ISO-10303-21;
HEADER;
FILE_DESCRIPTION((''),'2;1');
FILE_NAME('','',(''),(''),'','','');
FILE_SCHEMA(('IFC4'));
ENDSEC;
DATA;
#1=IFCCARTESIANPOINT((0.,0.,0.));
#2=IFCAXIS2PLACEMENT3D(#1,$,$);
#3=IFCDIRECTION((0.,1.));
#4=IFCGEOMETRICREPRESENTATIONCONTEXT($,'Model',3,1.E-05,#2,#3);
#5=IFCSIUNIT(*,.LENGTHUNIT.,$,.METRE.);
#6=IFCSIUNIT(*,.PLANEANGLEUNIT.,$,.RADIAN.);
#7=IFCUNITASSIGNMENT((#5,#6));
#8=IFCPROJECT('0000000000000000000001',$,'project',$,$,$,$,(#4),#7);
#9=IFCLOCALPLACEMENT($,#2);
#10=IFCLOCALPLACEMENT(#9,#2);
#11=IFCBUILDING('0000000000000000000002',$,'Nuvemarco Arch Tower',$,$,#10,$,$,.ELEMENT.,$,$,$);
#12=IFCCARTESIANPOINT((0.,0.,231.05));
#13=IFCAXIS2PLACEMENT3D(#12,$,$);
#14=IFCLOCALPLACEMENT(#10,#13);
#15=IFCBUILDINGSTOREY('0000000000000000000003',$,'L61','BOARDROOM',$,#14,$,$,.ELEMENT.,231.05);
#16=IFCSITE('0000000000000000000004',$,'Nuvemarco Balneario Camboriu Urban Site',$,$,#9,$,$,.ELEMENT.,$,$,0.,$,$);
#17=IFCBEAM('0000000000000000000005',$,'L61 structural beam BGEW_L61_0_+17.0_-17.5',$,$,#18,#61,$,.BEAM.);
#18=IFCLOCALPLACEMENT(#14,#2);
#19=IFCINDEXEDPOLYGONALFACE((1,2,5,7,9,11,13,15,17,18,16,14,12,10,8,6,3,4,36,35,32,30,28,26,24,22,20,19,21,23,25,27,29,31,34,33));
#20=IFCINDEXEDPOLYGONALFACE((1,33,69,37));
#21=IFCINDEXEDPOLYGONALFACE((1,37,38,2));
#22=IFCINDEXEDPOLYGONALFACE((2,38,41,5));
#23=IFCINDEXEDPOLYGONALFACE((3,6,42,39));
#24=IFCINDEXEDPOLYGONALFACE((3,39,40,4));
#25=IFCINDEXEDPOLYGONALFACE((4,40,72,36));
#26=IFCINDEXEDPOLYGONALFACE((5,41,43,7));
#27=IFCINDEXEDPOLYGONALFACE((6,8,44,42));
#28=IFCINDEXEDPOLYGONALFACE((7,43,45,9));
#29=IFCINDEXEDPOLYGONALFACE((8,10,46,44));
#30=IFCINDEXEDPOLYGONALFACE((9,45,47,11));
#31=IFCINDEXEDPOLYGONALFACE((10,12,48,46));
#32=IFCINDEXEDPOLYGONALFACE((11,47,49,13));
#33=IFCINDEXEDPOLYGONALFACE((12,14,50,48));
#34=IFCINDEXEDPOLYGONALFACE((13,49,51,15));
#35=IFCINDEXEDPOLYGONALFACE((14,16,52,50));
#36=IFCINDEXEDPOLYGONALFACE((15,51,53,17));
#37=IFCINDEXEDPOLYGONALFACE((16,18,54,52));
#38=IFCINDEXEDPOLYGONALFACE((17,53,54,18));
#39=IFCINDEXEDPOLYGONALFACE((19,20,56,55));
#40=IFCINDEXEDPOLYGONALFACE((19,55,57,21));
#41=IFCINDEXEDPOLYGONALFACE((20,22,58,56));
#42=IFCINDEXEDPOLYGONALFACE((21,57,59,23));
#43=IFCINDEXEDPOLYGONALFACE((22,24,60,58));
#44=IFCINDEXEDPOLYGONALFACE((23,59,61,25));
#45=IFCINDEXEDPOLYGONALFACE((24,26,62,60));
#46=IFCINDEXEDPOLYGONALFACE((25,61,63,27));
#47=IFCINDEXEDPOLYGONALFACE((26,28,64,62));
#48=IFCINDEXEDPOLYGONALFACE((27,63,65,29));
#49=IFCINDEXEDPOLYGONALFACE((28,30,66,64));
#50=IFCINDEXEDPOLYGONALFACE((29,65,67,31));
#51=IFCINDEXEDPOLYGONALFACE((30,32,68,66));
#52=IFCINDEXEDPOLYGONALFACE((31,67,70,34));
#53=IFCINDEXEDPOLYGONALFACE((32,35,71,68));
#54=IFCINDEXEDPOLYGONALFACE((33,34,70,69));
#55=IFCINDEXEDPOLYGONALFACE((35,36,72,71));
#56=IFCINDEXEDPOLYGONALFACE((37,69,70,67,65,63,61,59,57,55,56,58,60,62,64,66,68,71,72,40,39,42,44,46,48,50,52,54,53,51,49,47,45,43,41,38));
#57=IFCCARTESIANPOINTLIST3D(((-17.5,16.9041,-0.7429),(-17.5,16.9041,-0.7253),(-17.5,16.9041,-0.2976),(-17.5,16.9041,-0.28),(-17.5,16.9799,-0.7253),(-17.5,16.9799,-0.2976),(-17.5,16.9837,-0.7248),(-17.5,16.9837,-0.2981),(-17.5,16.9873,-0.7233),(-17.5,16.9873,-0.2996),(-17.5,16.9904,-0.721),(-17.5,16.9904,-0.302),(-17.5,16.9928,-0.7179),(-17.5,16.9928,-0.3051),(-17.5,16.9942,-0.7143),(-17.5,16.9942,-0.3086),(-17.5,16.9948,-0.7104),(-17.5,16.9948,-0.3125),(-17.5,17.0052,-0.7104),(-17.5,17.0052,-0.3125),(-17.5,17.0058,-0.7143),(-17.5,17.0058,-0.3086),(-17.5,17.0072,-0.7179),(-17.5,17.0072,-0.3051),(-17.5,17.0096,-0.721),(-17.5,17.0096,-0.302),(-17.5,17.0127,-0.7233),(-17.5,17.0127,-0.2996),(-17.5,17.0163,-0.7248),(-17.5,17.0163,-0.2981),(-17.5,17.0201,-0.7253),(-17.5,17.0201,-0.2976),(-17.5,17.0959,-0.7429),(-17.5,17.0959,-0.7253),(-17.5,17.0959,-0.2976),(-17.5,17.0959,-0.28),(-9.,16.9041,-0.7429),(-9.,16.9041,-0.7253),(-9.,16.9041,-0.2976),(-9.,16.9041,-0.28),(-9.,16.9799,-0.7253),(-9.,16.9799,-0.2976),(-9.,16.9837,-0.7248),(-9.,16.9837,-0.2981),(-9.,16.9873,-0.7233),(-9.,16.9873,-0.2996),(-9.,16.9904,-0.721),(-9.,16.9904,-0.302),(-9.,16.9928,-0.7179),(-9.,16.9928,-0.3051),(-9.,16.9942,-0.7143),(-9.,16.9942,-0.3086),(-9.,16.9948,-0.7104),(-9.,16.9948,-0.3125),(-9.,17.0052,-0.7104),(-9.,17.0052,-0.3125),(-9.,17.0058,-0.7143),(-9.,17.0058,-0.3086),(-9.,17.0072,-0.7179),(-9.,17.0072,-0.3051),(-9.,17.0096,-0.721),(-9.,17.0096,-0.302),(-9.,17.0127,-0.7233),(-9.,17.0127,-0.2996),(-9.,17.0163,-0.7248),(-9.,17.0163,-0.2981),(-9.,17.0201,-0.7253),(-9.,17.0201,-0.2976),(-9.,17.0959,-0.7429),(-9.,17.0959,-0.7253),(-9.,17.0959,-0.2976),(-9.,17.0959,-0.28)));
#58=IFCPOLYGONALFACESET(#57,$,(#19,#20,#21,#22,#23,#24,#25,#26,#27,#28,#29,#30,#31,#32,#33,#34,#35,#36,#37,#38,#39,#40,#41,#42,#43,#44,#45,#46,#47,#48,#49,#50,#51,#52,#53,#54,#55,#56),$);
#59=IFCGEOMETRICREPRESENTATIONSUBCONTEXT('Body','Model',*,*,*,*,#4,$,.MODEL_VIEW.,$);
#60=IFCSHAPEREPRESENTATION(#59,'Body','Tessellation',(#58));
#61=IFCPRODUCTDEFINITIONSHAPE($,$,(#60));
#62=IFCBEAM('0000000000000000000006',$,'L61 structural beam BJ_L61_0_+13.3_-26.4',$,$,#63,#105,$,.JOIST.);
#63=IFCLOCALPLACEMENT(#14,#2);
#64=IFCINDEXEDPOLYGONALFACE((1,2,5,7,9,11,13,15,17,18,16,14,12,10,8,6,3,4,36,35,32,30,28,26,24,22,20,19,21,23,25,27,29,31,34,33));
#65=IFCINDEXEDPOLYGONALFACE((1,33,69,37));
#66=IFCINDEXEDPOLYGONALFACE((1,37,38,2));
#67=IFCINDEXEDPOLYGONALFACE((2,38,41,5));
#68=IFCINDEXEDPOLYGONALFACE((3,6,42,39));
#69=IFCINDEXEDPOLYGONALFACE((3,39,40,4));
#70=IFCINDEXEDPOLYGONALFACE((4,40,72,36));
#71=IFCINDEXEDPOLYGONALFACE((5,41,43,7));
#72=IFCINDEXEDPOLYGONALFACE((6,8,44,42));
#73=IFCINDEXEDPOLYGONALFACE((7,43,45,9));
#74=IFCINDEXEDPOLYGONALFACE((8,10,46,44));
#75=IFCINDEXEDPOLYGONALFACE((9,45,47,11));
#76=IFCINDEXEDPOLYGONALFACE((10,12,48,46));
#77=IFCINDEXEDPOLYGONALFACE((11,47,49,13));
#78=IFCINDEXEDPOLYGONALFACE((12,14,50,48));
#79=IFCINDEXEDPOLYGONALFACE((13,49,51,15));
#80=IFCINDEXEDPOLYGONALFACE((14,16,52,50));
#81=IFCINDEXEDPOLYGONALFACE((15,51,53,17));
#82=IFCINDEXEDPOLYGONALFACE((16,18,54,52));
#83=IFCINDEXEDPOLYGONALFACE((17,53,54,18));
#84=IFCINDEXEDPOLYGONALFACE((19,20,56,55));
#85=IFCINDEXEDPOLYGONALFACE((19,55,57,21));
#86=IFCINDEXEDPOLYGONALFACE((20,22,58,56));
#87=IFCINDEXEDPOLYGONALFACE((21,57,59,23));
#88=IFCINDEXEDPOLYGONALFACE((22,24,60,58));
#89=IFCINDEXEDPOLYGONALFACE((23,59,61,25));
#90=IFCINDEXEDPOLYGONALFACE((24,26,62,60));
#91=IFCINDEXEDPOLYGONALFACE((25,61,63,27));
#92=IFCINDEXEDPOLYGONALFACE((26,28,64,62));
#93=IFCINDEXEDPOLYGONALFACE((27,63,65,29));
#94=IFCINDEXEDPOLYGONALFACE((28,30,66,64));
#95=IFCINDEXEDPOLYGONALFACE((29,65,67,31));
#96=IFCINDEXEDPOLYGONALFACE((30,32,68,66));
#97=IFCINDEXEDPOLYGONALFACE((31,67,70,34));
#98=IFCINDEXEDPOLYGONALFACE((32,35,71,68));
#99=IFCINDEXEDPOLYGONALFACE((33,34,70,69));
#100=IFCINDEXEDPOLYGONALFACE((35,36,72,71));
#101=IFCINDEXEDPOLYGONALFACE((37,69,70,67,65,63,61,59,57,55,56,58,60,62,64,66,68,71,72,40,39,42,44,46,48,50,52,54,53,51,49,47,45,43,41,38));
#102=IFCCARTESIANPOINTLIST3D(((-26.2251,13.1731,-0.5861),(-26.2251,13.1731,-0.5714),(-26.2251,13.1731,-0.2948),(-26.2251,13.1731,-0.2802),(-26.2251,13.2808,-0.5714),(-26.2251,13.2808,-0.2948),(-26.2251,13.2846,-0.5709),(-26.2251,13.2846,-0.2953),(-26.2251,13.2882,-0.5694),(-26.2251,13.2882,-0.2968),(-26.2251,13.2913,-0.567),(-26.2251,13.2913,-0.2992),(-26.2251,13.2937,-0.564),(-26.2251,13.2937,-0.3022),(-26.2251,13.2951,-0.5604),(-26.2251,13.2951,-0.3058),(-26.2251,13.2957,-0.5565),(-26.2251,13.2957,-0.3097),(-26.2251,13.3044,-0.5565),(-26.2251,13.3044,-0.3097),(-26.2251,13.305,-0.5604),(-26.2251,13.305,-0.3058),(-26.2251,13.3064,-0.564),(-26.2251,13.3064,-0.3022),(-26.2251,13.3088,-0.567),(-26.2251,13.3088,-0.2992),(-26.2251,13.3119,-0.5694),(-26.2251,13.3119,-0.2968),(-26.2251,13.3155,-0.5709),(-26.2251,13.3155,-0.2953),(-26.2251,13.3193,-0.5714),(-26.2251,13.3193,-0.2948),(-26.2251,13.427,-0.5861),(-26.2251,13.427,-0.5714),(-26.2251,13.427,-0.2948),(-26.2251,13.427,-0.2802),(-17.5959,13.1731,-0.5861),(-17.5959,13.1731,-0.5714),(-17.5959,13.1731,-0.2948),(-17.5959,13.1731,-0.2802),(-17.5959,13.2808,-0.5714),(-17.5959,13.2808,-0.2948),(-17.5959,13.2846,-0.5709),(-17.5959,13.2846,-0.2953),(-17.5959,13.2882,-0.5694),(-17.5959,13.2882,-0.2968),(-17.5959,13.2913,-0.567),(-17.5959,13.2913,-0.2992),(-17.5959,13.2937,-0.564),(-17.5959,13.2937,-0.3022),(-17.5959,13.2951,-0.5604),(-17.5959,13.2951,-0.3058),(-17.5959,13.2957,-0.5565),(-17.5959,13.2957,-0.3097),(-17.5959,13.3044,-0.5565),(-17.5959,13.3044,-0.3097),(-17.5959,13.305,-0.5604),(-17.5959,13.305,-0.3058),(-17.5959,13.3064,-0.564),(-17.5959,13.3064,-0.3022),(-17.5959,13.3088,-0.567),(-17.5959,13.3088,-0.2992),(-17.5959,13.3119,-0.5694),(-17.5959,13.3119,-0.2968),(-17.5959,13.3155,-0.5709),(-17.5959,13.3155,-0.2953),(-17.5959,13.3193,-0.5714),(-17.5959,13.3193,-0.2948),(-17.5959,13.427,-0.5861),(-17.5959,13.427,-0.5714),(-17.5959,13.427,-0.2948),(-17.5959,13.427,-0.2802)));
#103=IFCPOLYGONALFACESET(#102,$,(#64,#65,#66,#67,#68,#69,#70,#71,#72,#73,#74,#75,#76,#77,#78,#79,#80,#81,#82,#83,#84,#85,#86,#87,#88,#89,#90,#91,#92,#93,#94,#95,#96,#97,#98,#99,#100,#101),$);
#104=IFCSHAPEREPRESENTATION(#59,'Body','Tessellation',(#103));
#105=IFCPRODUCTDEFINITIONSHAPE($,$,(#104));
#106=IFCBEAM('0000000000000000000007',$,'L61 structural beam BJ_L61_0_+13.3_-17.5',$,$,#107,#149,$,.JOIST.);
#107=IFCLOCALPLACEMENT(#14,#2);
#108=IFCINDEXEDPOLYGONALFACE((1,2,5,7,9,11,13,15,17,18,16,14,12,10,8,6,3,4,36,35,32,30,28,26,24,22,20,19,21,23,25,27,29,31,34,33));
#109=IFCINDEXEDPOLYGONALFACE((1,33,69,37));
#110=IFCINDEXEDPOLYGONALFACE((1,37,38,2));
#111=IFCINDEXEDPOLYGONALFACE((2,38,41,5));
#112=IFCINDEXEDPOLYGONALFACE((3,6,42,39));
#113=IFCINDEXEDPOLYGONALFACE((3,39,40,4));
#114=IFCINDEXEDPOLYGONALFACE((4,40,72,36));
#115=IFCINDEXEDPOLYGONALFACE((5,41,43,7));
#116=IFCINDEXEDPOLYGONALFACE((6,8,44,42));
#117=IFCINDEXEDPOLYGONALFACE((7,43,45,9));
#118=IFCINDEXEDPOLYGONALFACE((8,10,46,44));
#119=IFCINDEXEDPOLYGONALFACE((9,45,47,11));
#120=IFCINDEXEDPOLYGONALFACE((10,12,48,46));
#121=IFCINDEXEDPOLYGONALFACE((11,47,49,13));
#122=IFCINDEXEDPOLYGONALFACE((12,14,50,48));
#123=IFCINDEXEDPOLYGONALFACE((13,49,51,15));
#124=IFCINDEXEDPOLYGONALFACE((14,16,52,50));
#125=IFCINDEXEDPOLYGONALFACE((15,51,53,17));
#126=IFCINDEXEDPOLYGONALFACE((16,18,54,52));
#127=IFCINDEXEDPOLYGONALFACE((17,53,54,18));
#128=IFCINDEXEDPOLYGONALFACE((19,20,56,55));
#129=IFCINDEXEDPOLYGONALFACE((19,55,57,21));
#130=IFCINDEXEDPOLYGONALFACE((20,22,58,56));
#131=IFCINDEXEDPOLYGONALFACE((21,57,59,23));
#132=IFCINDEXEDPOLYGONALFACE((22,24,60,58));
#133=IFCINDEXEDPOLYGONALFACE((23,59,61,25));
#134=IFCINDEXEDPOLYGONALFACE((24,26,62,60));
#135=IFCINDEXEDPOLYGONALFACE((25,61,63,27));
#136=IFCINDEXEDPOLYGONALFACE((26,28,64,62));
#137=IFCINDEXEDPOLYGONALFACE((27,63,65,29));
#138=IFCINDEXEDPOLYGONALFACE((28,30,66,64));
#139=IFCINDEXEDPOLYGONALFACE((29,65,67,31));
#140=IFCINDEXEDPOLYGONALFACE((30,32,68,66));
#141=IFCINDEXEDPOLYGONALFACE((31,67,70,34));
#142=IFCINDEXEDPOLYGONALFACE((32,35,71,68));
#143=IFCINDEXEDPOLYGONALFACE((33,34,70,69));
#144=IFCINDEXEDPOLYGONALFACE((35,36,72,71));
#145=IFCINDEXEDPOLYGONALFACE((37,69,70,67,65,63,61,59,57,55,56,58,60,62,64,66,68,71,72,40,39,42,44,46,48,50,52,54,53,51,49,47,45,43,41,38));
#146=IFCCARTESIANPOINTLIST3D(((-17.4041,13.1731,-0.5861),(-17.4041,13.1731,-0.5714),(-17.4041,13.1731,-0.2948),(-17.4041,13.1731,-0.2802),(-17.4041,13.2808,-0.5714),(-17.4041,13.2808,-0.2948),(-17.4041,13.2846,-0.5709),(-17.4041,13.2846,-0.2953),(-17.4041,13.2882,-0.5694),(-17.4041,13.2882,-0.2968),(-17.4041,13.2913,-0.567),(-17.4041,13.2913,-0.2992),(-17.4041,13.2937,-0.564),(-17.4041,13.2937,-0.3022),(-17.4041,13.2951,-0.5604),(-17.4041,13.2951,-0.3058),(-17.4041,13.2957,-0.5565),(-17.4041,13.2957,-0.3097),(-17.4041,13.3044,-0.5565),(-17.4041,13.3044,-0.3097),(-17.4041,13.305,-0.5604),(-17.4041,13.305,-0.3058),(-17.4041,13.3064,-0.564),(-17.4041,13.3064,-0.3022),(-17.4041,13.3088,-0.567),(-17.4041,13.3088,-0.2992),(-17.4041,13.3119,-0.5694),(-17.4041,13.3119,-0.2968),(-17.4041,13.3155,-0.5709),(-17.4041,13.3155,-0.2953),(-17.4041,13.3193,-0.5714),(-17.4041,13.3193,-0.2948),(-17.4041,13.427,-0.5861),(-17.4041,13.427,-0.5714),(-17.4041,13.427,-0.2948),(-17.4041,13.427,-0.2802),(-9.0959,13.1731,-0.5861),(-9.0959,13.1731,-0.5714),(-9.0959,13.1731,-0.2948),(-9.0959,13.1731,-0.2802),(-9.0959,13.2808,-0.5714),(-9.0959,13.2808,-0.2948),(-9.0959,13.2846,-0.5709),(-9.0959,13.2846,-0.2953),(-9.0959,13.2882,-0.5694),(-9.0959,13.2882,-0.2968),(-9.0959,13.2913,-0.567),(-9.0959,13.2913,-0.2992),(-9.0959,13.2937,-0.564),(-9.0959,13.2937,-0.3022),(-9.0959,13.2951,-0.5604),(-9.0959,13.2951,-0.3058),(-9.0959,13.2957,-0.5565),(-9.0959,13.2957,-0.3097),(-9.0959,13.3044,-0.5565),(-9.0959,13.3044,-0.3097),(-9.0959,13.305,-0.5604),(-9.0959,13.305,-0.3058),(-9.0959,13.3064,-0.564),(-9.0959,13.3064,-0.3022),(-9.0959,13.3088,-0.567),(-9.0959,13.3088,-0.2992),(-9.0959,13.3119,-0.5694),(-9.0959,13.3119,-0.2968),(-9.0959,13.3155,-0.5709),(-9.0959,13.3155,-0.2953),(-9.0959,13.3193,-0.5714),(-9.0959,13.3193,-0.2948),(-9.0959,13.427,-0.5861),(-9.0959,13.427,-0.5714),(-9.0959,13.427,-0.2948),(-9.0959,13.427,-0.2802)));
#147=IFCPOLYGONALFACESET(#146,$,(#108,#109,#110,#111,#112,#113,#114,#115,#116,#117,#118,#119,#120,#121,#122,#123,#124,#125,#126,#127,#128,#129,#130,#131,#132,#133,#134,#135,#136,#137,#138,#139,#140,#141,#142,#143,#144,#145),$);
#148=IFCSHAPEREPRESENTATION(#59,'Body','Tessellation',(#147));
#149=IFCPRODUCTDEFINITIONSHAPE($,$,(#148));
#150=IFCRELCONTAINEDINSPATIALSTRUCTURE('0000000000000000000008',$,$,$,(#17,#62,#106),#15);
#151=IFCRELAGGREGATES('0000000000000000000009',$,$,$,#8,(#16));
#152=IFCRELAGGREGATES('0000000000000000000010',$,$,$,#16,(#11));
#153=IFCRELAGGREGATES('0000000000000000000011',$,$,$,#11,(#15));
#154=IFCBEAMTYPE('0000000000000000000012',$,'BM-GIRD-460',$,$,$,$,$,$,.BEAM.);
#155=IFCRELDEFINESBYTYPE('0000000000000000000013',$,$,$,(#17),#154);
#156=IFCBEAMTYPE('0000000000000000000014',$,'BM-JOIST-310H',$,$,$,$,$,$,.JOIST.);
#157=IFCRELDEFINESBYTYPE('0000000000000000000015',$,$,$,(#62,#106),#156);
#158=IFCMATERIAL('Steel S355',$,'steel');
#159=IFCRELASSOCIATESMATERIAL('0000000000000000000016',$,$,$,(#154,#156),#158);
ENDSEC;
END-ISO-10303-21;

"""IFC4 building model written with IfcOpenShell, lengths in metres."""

from ifc_helpers import new_model, si_unit, direction, frame, origin, origin_2d, place, context, subcontext, project, spatial, i_section, extrude, material, material_profile, profile_set, type_object, element, save


model = new_model("IFC4")

# Units and contexts
model_context = context("Model", 3, precision=1e-05, world=origin(), true_north=direction((0.0, 1.0)))
body_context = subcontext(model_context, "Body", "Model", "MODEL_VIEW")
ifc_project = project(units=[si_unit("LENGTHUNIT", "METRE"), si_unit("PLANEANGLEUNIT", "RADIAN")], contexts=[model_context])

# Site, building, storey
site_placement = place(None, origin())
site = spatial("IfcSite", under=ifc_project, at=site_placement, Name="Nuvemarco Balneario Camboriu Urban Site", CompositionType="ELEMENT", RefElevation=0.0)
building_placement = place(site_placement, origin())
building = spatial("IfcBuilding", under=site, at=building_placement, Name="Nuvemarco Arch Tower", CompositionType="ELEMENT")
storey_placement = place(building_placement, frame((0.0, 0.0, 231.05)))
storey = spatial("IfcBuildingStorey", under=building, at=storey_placement, Name="L61", Description="BOARDROOM", CompositionType="ELEMENT", Elevation=231.05)

# Shared definitions
ifc_material_1 = material(Name="Steel S355", Category="steel")

# Beams
ifc_material_profile_1 = material_profile(ifc_material_1, i_section(OverallWidth=0.1919, OverallDepth=0.4629, WebThickness=0.0105, FlangeThickness=0.0176, FilletRadius=0.0149, at=origin_2d()), Name="W460x89")
ifc_profile_set_1 = profile_set([ifc_material_profile_1], Name="Steel S355")
beam_type_1 = type_object("IfcBeamType", Name="BM-GIRD-460", PredefinedType="BEAM", material=ifc_profile_set_1)
beam_1_placement = place(storey_placement, frame((-17.5, 17.0, -0.5115), z_axis=(1.0, 0.0, 0.0), x_axis=(0.0, 1.0, 0.0)))
element("IfcBeam", 1, at=beam_1_placement, inside=storey, type_object=beam_type_1, Name="L61 structural beam BGEW_L61_0_+17.0_-17.5", PredefinedType="BEAM", context=body_context, shape_type="SweptSolid", body=[
    extrude(i_section(OverallWidth=0.1919, OverallDepth=0.4629, WebThickness=0.0105, FlangeThickness=0.0176, FilletRadius=0.0149, at=origin_2d()), origin(), (0.0, 0.0, 1.0), 8.5),
])
ifc_material_profile_2 = material_profile(ifc_material_1, i_section(OverallWidth=0.2539, OverallDepth=0.3059, WebThickness=0.0088, FlangeThickness=0.0146, FilletRadius=0.0149, at=origin_2d()), Name="W310x79")
ifc_profile_set_2 = profile_set([ifc_material_profile_2], Name="Steel S355")
beam_type_2 = type_object("IfcBeamType", Name="BM-JOIST-310H", PredefinedType="JOIST", material=ifc_profile_set_2)
beam_2_placement = place(storey_placement, frame((-26.2251, 13.3, -0.4331), z_axis=(1.0, 0.0, 0.0), x_axis=(0.0, 1.0, 0.0)))
element("IfcBeam", 2, at=beam_2_placement, inside=storey, type_object=beam_type_2, Name="L61 structural beam BJ_L61_0_+13.3_-26.4", PredefinedType="JOIST", context=body_context, shape_type="SweptSolid", body=[
    extrude(i_section(OverallWidth=0.2539, OverallDepth=0.3059, WebThickness=0.0088, FlangeThickness=0.0146, FilletRadius=0.0149, at=origin_2d()), origin(), (0.0, 0.0, 1.0), 8.6292),
])
beam_3_placement = place(storey_placement, frame((-17.4041, 13.3, -0.4331), z_axis=(1.0, 0.0, 0.0), x_axis=(0.0, 1.0, 0.0)))
element("IfcBeam", 3, at=beam_3_placement, inside=storey, type_object=beam_type_2, Name="L61 structural beam BJ_L61_0_+13.3_-17.5", PredefinedType="JOIST", context=body_context, shape_type="SweptSolid", body=[
    extrude(i_section(OverallWidth=0.2539, OverallDepth=0.3059, WebThickness=0.0088, FlangeThickness=0.0146, FilletRadius=0.0149, at=origin_2d()), origin(), (0.0, 0.0, 1.0), 8.3081),
])

save(model, "model.ifc")
